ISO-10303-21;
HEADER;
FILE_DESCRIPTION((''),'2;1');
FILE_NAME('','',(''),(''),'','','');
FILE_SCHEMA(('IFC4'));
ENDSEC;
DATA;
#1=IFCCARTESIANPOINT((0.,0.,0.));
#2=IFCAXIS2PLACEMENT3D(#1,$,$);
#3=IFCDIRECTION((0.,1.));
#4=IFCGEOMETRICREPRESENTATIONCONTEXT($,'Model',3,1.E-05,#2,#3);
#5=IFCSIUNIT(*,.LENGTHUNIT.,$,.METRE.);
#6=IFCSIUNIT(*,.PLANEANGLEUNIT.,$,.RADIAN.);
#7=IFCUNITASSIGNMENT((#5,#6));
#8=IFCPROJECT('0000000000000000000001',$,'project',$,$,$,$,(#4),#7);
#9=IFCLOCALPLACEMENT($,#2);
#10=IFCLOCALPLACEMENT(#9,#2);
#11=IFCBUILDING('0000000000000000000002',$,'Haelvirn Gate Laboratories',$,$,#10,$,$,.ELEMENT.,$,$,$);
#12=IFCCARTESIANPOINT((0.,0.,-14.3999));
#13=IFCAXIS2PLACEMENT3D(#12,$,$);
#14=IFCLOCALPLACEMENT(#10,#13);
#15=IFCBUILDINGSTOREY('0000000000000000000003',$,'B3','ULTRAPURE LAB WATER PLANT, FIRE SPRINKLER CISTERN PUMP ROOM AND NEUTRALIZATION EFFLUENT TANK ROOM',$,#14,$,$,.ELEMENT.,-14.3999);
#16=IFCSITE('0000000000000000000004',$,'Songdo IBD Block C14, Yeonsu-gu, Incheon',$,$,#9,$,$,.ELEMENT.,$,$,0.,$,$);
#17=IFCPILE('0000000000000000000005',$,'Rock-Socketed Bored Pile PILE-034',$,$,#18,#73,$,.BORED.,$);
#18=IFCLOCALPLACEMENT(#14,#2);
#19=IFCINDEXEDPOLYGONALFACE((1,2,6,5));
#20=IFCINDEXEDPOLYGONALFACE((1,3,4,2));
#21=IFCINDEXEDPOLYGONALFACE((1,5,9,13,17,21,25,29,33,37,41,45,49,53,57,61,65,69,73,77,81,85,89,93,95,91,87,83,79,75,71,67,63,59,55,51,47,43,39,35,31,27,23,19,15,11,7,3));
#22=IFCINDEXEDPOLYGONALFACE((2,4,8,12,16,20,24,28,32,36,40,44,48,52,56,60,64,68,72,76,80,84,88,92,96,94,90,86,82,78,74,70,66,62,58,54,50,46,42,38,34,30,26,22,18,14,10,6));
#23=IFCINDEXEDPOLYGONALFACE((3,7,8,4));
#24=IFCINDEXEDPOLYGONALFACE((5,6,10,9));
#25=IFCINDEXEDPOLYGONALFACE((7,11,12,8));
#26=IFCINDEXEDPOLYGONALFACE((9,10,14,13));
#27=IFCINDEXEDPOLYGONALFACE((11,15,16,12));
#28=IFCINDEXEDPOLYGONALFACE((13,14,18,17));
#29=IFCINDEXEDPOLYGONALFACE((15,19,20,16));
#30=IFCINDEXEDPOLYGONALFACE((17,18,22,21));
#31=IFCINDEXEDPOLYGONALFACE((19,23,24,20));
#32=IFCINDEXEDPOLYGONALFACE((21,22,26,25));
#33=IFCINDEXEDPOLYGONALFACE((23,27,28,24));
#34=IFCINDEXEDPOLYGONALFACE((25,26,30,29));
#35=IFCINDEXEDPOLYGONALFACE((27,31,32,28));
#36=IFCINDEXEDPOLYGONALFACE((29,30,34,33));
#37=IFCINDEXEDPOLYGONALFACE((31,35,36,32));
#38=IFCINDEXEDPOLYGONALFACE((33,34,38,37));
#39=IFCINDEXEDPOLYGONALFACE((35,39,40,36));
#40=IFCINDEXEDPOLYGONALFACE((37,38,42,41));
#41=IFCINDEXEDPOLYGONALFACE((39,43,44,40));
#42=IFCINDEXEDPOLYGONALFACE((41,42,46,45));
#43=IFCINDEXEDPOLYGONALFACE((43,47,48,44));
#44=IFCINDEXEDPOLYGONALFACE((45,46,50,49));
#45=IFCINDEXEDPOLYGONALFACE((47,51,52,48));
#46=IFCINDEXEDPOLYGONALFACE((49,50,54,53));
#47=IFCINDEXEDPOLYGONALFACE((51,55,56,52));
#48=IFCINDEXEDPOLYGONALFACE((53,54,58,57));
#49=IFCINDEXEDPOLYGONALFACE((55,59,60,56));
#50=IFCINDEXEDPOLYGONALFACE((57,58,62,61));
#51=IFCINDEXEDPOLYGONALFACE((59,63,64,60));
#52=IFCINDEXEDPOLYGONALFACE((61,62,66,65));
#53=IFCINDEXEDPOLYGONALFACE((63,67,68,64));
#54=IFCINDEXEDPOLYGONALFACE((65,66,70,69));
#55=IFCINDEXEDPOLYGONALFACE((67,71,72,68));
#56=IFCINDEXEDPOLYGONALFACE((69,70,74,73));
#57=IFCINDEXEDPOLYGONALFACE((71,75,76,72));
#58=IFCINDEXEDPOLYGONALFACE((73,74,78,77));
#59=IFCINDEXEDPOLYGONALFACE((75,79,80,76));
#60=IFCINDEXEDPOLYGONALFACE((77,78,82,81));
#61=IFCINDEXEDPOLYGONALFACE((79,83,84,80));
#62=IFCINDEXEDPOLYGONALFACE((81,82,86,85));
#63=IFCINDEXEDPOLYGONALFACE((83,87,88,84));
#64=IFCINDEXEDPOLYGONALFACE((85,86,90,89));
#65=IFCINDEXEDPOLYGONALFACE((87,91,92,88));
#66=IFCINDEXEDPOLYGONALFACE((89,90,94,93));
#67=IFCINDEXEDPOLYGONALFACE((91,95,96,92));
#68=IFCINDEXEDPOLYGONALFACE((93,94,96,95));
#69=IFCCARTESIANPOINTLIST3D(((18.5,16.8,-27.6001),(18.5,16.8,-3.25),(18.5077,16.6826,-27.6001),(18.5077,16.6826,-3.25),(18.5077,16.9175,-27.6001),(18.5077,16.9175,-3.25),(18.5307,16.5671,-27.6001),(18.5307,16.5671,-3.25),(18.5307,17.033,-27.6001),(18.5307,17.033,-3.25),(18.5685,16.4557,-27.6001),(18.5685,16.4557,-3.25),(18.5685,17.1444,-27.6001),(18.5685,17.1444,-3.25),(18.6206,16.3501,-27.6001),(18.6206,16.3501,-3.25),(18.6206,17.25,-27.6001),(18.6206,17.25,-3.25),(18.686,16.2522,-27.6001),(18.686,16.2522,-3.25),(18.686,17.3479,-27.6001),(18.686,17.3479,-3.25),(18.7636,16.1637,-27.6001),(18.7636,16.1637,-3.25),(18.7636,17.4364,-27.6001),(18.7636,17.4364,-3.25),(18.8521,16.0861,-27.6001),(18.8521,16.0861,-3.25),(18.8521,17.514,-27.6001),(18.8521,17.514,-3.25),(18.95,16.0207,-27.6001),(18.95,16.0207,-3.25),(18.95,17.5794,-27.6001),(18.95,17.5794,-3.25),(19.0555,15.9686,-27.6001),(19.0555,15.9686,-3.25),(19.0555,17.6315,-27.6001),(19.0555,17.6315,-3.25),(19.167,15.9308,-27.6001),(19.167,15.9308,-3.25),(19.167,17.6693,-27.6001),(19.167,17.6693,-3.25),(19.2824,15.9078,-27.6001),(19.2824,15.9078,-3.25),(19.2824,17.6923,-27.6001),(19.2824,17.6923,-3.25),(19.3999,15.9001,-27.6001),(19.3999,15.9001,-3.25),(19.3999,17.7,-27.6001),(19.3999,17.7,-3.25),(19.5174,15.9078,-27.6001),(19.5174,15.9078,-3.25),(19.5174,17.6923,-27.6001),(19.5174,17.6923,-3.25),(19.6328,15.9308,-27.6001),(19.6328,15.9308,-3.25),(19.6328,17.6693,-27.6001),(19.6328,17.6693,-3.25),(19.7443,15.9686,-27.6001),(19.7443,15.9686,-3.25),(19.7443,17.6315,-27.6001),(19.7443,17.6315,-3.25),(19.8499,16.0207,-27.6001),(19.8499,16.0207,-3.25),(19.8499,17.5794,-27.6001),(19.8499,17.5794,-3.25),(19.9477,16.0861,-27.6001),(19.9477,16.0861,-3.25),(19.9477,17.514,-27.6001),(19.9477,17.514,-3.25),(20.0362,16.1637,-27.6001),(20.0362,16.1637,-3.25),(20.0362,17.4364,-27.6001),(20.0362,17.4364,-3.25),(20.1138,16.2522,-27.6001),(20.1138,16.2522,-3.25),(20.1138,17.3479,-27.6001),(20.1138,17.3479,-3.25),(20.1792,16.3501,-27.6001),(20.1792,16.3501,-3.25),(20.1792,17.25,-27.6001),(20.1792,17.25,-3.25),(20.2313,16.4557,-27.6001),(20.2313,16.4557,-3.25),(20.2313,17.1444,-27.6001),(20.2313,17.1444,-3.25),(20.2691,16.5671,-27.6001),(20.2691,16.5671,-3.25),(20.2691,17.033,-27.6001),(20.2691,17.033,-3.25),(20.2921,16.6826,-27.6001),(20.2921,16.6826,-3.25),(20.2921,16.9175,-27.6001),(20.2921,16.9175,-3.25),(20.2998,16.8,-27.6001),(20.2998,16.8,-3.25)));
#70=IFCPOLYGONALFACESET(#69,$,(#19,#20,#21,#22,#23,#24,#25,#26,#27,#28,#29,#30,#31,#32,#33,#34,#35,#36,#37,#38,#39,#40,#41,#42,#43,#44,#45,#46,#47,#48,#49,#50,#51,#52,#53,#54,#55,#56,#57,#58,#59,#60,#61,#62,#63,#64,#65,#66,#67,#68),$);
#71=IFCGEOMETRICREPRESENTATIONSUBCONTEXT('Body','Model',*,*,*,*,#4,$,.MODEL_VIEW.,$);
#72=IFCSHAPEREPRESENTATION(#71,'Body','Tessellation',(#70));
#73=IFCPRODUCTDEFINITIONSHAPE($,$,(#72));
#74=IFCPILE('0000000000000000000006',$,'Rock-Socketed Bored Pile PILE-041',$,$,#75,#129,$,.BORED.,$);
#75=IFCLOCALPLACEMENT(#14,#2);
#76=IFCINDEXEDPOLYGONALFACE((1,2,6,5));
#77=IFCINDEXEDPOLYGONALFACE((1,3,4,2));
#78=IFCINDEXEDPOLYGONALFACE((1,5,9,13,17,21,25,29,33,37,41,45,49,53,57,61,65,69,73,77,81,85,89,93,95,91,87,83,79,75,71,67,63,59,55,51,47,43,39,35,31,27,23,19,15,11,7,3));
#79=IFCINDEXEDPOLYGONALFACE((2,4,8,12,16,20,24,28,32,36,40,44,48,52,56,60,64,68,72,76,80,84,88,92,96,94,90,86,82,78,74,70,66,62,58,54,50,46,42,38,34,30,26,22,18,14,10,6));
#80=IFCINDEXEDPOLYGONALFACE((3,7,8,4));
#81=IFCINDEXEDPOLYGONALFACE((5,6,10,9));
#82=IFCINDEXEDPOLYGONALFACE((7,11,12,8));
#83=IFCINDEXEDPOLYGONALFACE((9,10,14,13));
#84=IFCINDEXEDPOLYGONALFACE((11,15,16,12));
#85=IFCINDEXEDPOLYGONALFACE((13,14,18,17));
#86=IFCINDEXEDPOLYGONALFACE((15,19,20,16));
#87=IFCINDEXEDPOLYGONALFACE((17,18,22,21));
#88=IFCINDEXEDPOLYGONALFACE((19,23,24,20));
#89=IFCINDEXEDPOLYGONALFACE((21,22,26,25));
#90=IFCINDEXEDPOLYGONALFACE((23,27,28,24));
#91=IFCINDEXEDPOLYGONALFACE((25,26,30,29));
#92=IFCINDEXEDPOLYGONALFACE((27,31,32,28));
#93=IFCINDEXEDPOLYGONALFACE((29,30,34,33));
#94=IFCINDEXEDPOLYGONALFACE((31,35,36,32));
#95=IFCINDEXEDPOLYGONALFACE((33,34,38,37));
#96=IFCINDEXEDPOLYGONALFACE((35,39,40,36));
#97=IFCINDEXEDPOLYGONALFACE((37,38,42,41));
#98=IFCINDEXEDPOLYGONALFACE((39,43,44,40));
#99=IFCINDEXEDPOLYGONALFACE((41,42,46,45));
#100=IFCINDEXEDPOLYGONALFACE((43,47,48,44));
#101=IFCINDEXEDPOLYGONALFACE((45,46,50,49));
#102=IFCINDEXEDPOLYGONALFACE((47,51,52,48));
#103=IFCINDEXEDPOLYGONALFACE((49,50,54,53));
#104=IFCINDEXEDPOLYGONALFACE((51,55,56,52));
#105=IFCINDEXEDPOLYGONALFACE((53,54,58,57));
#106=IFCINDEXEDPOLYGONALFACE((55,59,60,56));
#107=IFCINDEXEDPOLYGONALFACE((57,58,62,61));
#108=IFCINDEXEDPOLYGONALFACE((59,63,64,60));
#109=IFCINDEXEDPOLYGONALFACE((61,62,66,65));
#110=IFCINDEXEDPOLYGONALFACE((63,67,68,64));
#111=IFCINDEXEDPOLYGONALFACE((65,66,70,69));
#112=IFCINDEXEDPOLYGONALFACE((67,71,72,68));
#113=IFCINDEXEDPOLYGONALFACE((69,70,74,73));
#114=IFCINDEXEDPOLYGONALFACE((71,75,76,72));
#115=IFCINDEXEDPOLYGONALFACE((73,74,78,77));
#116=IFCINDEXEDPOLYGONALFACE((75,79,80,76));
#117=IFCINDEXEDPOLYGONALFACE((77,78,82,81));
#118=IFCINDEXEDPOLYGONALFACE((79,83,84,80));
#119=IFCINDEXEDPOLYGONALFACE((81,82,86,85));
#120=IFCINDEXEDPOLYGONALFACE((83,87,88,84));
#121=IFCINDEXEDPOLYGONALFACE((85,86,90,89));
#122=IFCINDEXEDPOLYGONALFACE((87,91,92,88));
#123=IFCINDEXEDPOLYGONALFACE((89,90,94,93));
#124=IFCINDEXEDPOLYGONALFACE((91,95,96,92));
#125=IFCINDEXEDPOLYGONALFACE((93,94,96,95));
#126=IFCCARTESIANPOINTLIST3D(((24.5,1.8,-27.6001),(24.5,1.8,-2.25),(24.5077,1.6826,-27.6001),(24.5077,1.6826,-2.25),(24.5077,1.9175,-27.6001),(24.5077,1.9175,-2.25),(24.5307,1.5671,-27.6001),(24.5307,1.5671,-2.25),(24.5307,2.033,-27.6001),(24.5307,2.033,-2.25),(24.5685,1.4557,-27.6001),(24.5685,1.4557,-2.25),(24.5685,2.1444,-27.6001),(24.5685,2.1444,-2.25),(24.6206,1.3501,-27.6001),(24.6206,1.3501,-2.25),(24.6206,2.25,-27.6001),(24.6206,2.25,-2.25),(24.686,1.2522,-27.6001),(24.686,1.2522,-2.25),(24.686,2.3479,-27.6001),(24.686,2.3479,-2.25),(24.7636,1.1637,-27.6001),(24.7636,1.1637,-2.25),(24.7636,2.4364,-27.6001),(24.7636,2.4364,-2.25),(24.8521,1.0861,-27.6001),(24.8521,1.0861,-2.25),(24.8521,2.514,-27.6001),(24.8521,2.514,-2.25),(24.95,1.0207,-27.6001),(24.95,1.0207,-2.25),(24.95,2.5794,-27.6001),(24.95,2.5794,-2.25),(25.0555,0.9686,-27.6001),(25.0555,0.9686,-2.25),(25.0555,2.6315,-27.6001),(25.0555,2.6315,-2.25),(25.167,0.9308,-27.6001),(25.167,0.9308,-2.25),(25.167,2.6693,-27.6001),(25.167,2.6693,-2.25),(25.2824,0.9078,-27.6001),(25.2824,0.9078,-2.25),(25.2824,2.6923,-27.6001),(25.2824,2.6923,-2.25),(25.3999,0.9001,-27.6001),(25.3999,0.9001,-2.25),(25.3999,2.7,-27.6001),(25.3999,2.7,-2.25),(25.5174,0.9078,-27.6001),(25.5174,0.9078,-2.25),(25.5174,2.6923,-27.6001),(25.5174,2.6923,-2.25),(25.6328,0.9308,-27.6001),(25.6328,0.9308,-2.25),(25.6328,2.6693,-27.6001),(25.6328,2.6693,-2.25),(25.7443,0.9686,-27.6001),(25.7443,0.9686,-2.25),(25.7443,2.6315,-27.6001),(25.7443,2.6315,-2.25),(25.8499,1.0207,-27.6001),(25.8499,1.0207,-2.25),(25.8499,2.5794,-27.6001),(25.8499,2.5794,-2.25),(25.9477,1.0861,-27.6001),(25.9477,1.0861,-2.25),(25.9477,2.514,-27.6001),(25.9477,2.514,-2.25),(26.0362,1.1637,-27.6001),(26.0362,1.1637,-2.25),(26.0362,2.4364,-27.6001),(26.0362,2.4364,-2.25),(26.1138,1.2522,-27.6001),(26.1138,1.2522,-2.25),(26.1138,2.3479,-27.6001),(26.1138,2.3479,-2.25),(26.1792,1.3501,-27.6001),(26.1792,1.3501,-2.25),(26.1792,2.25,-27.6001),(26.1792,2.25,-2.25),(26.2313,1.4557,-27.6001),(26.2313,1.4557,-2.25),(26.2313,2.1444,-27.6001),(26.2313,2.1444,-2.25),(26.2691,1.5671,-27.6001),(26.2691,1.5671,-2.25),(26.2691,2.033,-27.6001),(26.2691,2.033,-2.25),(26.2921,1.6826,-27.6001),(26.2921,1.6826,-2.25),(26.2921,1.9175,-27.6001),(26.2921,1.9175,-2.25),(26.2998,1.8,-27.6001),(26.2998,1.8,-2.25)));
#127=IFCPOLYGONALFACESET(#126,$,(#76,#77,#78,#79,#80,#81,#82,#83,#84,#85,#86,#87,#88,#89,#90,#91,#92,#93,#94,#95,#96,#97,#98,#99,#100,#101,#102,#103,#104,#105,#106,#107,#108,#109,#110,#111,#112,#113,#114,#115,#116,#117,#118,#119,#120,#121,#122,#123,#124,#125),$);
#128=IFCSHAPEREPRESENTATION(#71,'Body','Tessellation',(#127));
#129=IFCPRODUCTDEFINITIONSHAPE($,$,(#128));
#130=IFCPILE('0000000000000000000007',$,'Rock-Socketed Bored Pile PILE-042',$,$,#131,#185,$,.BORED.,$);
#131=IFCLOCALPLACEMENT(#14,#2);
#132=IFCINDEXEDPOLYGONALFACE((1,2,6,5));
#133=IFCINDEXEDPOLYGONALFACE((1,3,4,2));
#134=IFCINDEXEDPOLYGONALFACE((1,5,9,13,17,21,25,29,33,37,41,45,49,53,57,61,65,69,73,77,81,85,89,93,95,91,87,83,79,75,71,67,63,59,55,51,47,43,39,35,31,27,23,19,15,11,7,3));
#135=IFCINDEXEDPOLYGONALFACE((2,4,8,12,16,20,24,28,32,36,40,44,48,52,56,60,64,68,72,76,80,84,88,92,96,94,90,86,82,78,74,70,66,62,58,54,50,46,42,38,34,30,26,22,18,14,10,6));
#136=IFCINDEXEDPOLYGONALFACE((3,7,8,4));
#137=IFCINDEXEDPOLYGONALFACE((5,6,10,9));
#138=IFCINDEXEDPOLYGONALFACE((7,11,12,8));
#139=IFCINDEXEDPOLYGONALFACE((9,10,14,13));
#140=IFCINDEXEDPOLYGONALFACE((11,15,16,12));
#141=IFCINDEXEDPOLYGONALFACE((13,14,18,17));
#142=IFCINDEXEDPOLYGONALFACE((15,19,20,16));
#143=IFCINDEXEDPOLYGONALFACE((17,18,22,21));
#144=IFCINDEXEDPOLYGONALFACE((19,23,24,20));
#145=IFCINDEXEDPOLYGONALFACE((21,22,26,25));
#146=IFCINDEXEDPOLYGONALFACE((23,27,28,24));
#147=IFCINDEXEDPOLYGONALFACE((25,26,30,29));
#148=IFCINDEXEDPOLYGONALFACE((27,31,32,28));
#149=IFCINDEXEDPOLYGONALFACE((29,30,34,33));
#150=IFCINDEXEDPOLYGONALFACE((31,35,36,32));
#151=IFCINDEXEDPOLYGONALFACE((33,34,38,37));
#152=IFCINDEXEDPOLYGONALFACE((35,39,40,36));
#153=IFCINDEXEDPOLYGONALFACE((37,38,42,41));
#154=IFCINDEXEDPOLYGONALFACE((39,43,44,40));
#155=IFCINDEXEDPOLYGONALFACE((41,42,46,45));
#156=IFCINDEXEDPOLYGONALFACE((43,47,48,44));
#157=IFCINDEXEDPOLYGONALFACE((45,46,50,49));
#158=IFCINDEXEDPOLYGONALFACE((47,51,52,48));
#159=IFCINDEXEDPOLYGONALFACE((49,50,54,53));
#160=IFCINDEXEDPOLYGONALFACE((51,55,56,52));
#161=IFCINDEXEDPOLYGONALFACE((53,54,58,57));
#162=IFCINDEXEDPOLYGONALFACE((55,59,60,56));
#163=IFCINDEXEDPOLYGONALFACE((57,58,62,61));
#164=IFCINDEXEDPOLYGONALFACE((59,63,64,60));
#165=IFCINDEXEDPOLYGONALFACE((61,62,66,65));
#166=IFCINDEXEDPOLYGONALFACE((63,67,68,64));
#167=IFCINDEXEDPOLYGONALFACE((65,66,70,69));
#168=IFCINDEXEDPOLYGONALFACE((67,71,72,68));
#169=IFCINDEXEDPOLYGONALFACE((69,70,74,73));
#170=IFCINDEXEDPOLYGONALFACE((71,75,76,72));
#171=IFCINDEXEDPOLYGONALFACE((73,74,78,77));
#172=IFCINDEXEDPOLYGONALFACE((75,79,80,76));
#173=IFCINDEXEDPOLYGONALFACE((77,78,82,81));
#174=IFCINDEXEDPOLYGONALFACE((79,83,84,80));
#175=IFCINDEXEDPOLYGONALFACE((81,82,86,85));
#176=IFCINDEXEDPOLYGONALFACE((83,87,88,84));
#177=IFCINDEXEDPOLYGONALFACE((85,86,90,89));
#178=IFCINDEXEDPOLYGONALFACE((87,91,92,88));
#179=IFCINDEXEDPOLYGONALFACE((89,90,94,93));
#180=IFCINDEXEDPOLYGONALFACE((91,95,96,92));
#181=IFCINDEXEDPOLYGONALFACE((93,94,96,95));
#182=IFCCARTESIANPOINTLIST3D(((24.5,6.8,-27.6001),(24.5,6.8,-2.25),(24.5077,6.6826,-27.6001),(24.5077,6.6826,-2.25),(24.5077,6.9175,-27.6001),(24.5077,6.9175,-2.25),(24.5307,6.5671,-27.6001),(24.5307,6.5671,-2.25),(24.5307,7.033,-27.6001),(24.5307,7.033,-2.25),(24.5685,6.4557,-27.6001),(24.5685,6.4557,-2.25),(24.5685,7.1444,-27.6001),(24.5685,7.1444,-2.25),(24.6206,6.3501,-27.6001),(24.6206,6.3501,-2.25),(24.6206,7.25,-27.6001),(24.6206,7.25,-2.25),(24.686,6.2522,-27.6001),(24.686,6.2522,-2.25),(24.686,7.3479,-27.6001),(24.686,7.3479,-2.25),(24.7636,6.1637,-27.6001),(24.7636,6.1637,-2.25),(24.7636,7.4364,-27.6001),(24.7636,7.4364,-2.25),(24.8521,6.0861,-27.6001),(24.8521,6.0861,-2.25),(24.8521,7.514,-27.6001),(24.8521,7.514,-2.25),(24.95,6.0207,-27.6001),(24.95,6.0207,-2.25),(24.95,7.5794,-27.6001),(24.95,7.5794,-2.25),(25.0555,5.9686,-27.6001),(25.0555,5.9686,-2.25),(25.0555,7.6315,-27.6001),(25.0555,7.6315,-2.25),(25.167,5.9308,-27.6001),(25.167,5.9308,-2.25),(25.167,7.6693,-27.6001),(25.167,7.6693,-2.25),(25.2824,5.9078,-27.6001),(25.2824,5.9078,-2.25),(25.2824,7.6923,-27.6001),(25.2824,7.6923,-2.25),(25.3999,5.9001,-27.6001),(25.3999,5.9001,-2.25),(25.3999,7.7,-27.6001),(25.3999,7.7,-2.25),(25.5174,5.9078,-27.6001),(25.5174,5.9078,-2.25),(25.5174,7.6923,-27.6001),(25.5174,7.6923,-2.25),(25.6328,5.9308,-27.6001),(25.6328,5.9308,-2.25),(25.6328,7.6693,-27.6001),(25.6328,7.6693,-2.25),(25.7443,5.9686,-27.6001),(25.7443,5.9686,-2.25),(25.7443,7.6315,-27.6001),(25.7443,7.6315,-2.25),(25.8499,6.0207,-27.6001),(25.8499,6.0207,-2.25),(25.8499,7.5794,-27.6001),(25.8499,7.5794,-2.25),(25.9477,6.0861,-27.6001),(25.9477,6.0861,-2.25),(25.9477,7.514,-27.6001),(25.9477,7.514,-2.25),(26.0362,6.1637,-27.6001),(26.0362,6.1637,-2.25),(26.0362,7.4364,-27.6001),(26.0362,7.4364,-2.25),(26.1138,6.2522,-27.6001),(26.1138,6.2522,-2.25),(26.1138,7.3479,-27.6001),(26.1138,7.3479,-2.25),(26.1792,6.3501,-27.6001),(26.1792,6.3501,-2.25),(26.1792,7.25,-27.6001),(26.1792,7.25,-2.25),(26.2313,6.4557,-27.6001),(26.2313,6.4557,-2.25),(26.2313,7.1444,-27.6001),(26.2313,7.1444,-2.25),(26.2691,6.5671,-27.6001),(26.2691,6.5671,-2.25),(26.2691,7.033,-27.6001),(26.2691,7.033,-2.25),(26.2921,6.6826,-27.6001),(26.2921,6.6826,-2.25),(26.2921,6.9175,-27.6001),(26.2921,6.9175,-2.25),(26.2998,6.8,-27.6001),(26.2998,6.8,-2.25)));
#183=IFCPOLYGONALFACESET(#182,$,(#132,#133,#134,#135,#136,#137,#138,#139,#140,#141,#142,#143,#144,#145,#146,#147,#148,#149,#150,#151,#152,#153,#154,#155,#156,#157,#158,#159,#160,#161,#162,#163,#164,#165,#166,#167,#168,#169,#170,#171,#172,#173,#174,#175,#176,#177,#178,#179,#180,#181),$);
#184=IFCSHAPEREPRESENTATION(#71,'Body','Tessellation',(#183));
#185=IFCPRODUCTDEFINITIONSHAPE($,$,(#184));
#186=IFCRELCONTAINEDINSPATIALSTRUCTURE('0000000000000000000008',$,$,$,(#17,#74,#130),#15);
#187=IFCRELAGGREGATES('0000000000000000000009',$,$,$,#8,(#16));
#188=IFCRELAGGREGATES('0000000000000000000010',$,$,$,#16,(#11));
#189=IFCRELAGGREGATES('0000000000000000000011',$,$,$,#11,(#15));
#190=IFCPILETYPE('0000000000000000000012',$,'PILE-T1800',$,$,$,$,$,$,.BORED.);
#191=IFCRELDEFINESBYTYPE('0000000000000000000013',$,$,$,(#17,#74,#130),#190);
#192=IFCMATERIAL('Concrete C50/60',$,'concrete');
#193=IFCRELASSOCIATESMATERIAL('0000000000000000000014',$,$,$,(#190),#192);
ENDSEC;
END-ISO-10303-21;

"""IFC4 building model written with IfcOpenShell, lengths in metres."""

from ifc_helpers import new_model, si_unit, direction, frame, origin, origin_2d, place, context, subcontext, project, spatial, circle, extrude, source, transform, mapped, material, material_profile, profile_set, type_object, type_shapes, element, save


model = new_model("IFC4")

# Units and contexts
model_context = context("Model", 3, precision=1e-05, world=origin(), true_north=direction((0.0, 1.0)))
body_context = subcontext(model_context, "Body", "Model", "MODEL_VIEW")
ifc_project = project(units=[si_unit("LENGTHUNIT", "METRE"), si_unit("PLANEANGLEUNIT", "RADIAN")], contexts=[model_context])

# Site, building, storey
site_placement = place(None, origin())
site = spatial("IfcSite", under=ifc_project, at=site_placement, Name="Songdo IBD Block C14, Yeonsu-gu, Incheon", CompositionType="ELEMENT", RefElevation=0.0)
building_placement = place(site_placement, origin())
building = spatial("IfcBuilding", under=site, at=building_placement, Name="Haelvirn Gate Laboratories", CompositionType="ELEMENT")
storey_placement = place(building_placement, frame((0.0, 0.0, -14.3999)))
storey = spatial("IfcBuildingStorey", under=building, at=storey_placement, Name="B3", Description="ULTRAPURE LAB WATER PLANT, FIRE SPRINKLER CISTERN PUMP ROOM AND NEUTRALIZATION EFFLUENT TANK ROOM", CompositionType="ELEMENT", Elevation=-14.3999)

# Piles
ifc_material_1 = material(Name="Concrete C50/60", Category="concrete")
ifc_material_profile_1 = material_profile(ifc_material_1, circle(Radius=0.8999, at=origin_2d()), Name="PILE-D1800")
ifc_profile_set_1 = profile_set([ifc_material_profile_1], Name="Concrete C50/60")
pile_type = type_object("IfcPileType", Name="PILE-T1800", PredefinedType="BORED", material=ifc_profile_set_1)
shared_shape_1 = source(origin(), body_context, "Body", "SweptSolid", [
    extrude(circle(Radius=0.8999, at=origin_2d()), origin(), (0.0, 0.0, 1.0), 24.3501),
])
for number, where, z_axis, x_axis, name in (
    (1, (19.3999, 16.8, -3.25), (0.0, 0.0, -1.0), (1.0, 0.0, 0.0), "Rock-Socketed Bored Pile PILE-034"),
):
    element("IfcPile", number, at=place(storey_placement, frame(where, z_axis=z_axis, x_axis=x_axis)), inside=storey, type_object=pile_type, Name=name, PredefinedType="BORED", context=body_context, shape_type="MappedRepresentation", body=[
        mapped(shared_shape_1, transform((0.0, 0.0, 0.0), scale=1.0)),
    ])
shared_shape_2 = source(origin(), body_context, "Body", "SweptSolid", [
    extrude(circle(Radius=0.8999, at=origin_2d()), origin(), (0.0, 0.0, 1.0), 25.3501),
])
type_shapes(pile_type, [shared_shape_1, shared_shape_2])
for number, where, z_axis, x_axis, name in (
    (2, (25.3999, 1.8, -2.25), (0.0, 0.0, -1.0), (1.0, 0.0, 0.0), "Rock-Socketed Bored Pile PILE-041"),
    (3, (25.3999, 6.8, -2.25), (0.0, 0.0, -1.0), (1.0, 0.0, 0.0), "Rock-Socketed Bored Pile PILE-042"),
):
    element("IfcPile", number, at=place(storey_placement, frame(where, z_axis=z_axis, x_axis=x_axis)), inside=storey, type_object=pile_type, Name=name, PredefinedType="BORED", context=body_context, shape_type="MappedRepresentation", body=[
        mapped(shared_shape_2, transform((0.0, 0.0, 0.0), scale=1.0)),
    ])

save(model, "model.ifc")
